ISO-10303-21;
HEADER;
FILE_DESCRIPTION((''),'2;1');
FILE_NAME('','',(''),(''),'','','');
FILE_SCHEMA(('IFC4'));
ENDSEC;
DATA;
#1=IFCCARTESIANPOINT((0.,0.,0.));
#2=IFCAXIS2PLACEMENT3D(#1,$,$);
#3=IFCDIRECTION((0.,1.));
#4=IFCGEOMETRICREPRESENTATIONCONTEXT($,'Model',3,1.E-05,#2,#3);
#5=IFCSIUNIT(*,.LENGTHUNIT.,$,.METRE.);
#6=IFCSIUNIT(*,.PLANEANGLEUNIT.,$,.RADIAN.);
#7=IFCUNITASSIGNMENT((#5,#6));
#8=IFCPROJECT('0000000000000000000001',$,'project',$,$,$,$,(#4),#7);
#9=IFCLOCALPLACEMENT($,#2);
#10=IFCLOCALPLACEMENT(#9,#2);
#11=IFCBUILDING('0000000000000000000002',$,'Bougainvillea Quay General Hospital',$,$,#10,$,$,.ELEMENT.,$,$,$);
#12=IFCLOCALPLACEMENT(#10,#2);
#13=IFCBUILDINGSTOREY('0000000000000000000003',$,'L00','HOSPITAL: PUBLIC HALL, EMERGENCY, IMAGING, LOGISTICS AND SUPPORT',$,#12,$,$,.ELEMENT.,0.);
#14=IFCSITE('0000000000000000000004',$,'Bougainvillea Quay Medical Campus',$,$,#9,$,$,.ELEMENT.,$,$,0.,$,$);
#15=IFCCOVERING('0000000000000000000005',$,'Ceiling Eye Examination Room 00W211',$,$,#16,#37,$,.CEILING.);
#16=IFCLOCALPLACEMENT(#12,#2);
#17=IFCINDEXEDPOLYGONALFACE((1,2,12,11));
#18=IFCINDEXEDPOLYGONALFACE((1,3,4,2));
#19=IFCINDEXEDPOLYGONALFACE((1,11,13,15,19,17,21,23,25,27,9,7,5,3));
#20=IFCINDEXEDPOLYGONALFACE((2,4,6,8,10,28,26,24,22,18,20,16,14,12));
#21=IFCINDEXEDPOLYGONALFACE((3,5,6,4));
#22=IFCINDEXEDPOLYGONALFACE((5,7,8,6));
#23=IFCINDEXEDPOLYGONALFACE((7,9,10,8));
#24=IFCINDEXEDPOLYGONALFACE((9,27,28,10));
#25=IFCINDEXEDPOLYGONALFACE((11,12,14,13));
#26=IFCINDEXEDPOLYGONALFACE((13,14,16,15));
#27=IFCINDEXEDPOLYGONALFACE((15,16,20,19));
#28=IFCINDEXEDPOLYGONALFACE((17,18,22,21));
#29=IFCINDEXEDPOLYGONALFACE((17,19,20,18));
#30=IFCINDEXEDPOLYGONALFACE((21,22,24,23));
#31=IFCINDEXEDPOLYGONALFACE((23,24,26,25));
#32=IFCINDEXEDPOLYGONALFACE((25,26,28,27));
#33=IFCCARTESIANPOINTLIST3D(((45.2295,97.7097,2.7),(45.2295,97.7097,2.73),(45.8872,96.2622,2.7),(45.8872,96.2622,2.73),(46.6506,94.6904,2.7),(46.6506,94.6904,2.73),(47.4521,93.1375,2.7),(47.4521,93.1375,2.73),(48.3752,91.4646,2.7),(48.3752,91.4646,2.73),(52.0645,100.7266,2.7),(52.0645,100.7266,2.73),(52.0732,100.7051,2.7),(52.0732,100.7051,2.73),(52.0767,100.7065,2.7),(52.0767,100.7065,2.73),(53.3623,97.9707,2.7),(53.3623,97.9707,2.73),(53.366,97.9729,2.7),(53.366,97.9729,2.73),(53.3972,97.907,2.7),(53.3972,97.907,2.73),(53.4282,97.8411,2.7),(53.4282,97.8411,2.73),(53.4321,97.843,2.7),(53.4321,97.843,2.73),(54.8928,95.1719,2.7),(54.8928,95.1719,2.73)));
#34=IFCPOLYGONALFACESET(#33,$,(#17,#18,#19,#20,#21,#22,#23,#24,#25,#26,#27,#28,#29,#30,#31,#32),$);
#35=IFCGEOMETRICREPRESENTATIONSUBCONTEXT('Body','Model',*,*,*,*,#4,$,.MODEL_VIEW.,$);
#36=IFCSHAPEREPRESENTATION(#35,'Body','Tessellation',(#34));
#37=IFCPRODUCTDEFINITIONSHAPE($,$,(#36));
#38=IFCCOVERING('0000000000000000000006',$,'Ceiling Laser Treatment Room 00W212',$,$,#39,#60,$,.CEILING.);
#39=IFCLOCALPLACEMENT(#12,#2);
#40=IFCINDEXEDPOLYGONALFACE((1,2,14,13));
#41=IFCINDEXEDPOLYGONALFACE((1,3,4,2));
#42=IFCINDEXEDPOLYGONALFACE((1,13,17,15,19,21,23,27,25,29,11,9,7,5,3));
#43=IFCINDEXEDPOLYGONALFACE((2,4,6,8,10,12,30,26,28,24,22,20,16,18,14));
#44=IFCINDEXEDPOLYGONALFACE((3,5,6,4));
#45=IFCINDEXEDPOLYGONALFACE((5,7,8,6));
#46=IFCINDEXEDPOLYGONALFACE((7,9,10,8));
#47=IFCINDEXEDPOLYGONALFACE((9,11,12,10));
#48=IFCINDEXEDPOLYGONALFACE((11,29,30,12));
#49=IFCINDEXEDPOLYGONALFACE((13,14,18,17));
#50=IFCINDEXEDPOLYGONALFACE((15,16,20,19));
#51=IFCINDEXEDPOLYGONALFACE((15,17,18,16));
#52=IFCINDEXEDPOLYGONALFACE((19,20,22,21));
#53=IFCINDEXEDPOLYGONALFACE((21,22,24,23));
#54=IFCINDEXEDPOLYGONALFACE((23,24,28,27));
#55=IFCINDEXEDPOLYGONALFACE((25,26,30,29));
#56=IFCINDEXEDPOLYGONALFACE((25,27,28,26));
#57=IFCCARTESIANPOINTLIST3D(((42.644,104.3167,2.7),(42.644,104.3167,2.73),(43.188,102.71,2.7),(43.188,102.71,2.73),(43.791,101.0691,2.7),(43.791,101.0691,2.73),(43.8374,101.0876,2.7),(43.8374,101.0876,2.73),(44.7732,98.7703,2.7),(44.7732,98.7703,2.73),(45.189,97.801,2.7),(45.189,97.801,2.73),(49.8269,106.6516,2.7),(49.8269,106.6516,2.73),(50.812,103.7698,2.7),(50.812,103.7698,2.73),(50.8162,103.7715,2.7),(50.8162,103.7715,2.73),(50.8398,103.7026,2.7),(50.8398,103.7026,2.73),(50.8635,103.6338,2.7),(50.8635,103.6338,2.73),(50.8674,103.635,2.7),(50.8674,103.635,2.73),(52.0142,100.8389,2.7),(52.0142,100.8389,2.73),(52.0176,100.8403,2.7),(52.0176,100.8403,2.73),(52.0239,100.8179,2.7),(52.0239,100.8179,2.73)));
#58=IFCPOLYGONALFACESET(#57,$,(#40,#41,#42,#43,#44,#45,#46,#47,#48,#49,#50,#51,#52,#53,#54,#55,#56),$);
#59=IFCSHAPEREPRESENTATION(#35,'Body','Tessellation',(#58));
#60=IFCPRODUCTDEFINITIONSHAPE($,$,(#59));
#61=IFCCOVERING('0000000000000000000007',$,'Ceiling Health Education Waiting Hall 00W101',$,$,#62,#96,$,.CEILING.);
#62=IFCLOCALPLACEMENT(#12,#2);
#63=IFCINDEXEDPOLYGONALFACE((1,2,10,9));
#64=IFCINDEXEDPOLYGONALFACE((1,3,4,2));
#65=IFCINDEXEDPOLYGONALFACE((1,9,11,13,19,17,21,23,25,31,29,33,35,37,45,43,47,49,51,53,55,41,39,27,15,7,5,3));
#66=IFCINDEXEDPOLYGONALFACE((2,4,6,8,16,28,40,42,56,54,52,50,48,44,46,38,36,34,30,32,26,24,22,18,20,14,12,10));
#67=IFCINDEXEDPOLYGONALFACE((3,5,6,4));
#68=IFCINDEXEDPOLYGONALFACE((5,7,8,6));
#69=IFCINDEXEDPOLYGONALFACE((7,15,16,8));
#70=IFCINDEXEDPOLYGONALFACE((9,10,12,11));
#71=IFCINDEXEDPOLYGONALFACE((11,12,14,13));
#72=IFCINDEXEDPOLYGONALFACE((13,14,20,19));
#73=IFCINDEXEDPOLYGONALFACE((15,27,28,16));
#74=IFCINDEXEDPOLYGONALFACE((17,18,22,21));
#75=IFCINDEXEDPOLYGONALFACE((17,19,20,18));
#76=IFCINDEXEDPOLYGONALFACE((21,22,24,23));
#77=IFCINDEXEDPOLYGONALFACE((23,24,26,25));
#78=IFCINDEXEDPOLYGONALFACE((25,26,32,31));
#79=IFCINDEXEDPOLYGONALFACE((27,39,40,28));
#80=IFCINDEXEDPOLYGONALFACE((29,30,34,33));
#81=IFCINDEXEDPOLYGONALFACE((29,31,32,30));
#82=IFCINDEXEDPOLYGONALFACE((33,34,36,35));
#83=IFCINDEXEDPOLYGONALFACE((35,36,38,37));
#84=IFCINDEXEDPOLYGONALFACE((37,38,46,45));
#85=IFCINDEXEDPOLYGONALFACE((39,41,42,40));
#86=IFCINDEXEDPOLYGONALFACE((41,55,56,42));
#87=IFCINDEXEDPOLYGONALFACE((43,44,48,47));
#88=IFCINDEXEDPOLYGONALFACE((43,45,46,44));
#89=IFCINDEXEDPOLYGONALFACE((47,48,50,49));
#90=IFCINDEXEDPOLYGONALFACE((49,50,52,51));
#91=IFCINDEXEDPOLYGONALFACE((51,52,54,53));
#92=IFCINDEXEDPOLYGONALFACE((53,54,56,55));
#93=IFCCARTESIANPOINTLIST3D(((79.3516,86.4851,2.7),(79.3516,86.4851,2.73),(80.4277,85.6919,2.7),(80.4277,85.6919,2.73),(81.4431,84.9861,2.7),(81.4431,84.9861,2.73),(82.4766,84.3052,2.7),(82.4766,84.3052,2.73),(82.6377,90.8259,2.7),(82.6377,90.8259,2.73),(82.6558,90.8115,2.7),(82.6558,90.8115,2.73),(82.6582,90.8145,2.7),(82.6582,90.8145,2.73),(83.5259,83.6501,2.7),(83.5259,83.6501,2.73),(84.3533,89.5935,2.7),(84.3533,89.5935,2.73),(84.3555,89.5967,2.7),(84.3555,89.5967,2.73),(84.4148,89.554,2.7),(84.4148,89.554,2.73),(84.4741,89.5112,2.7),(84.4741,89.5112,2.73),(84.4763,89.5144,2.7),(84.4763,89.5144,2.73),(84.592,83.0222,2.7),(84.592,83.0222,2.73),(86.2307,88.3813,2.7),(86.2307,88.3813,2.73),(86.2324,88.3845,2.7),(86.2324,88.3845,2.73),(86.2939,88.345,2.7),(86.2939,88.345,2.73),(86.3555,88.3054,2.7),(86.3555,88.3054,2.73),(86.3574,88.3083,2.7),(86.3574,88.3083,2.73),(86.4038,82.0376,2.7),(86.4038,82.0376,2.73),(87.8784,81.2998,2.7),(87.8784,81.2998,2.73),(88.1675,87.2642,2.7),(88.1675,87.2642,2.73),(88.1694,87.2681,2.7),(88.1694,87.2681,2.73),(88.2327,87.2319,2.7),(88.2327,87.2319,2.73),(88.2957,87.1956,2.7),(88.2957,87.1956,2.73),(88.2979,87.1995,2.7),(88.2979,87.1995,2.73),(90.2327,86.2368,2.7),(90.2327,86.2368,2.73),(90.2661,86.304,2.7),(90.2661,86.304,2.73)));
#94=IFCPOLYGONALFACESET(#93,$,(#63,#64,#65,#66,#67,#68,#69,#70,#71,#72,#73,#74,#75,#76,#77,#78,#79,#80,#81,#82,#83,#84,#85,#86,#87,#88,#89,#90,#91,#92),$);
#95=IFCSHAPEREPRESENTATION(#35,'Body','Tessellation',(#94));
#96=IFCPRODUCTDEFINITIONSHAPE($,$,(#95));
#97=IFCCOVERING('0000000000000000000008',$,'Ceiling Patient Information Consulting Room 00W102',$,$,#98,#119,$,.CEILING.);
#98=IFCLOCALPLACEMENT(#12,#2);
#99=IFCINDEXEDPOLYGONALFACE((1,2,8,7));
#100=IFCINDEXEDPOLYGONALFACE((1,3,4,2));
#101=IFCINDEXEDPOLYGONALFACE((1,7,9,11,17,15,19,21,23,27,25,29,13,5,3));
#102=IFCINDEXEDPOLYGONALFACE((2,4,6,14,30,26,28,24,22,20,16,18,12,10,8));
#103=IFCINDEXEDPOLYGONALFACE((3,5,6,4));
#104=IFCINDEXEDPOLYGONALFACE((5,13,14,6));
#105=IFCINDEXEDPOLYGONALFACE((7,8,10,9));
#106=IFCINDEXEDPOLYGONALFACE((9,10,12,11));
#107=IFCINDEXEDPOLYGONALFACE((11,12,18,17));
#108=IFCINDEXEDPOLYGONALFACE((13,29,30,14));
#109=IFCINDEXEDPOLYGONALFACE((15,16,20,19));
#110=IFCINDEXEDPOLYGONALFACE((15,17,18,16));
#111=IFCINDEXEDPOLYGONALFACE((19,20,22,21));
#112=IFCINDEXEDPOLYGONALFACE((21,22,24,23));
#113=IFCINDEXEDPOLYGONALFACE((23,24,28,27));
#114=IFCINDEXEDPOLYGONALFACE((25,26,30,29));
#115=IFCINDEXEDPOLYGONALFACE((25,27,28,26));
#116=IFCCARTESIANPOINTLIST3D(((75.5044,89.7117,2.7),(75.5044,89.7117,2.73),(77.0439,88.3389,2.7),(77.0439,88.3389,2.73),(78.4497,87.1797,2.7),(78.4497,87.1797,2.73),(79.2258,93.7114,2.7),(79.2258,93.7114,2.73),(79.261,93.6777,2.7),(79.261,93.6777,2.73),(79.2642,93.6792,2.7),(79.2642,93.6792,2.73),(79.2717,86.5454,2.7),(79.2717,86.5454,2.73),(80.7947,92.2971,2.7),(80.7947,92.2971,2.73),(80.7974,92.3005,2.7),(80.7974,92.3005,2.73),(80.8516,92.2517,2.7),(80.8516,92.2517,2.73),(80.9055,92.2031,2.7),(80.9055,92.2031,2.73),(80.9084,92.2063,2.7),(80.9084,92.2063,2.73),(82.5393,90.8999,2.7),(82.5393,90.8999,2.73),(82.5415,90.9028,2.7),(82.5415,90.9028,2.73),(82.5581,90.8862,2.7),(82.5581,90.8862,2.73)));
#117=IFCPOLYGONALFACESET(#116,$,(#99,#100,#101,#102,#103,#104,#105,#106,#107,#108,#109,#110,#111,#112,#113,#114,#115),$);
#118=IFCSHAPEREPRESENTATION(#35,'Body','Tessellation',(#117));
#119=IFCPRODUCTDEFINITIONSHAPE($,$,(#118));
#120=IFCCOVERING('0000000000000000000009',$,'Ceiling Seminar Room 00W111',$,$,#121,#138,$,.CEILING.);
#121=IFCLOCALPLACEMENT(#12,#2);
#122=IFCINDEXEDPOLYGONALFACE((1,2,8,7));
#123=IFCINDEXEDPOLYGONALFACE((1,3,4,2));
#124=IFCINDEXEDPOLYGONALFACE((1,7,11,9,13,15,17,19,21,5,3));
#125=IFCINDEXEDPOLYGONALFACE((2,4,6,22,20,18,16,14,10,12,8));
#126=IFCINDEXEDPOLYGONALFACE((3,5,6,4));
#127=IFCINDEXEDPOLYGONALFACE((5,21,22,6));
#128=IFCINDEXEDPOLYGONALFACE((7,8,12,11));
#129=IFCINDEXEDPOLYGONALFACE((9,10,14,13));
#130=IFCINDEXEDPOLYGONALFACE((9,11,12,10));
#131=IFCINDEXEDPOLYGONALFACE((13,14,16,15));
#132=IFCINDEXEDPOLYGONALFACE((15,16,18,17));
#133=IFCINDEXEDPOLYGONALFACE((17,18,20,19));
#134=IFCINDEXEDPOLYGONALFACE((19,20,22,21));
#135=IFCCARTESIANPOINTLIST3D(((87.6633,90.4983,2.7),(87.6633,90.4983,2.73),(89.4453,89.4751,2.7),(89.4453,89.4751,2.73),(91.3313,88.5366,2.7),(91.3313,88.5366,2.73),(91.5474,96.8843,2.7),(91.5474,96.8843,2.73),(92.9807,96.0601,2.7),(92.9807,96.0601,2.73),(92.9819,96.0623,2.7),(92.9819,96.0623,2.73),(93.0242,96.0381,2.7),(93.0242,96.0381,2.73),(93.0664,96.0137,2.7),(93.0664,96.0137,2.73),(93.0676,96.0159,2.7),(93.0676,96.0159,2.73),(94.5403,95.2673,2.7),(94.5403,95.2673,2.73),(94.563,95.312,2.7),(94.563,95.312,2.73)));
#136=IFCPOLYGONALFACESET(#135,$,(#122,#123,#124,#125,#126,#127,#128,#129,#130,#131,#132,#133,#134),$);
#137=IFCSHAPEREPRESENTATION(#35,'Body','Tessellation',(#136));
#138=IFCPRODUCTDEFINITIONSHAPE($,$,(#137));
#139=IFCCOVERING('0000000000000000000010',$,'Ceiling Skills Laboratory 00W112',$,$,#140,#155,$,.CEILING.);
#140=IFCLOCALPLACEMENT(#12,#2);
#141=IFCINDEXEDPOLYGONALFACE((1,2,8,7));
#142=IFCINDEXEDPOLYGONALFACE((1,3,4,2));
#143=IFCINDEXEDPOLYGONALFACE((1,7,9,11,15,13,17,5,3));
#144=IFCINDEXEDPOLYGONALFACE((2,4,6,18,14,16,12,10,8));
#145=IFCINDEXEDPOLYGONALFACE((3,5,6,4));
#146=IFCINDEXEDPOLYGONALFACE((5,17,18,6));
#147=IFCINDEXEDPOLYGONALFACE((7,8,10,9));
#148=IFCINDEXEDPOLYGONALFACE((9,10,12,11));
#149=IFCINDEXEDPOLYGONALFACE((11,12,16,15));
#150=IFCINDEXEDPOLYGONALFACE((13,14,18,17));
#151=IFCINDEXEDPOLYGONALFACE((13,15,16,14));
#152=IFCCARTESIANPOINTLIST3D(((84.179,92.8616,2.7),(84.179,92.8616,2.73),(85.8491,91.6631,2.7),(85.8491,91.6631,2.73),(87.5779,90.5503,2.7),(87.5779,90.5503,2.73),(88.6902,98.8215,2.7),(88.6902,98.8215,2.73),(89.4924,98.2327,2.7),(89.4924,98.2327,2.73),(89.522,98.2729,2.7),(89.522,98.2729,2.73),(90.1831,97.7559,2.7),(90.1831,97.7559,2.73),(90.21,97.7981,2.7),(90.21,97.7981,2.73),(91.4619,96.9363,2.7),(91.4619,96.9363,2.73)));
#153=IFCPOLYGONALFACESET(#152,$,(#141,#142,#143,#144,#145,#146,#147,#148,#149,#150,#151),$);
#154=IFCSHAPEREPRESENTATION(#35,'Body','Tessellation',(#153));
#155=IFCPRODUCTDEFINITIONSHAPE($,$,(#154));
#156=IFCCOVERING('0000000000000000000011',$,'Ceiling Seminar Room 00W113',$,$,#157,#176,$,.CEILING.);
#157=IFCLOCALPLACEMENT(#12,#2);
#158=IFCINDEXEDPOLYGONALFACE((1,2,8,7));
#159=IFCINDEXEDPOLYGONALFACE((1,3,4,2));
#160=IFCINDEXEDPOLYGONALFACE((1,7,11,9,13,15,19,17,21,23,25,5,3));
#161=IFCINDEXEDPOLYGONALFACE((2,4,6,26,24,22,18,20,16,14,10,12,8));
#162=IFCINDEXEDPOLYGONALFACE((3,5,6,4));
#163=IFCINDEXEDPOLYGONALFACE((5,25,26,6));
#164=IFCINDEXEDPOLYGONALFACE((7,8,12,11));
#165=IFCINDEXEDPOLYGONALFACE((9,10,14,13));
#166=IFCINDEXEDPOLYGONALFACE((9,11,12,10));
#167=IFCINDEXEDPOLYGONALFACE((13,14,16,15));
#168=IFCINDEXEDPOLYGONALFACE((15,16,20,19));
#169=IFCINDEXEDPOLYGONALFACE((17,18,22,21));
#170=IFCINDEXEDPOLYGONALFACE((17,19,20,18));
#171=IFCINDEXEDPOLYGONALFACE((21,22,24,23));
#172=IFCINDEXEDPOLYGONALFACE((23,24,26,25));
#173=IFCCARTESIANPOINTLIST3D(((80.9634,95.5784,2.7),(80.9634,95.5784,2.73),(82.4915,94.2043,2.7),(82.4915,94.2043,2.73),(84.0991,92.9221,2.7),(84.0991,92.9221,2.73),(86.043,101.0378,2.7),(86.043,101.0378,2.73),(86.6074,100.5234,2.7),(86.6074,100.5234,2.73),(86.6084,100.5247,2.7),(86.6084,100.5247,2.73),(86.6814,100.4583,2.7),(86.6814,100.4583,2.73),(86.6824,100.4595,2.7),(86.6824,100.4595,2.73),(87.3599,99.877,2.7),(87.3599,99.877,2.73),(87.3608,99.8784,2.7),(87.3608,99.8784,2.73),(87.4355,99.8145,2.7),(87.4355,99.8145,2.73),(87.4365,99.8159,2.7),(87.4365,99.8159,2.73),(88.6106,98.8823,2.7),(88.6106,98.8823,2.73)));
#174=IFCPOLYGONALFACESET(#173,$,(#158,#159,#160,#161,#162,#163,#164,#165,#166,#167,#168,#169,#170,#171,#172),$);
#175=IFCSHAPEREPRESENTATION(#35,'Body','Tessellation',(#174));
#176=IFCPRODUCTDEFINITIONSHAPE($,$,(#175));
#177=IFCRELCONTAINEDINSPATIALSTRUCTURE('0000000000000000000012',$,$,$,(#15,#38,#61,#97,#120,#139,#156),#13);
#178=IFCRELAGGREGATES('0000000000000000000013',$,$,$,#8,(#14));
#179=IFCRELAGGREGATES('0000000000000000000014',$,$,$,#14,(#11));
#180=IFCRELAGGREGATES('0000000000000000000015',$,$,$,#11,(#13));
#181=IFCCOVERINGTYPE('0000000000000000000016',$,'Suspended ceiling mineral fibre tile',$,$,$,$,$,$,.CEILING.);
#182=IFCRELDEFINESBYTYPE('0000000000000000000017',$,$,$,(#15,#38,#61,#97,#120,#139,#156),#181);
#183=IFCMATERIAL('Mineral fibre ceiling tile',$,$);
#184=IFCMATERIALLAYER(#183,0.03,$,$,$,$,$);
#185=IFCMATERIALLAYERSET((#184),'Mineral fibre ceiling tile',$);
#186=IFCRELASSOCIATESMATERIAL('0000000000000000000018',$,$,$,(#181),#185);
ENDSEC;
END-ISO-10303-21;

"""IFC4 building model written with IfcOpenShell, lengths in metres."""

from ifc_helpers import new_model, si_unit, direction, frame, origin, place, context, subcontext, project, spatial, polyline, outline, extrude, material, layer, layer_set, type_object, element, save


model = new_model("IFC4")

# Units and contexts
model_context = context("Model", 3, precision=1e-05, world=origin(), true_north=direction((0.0, 1.0)))
body_context = subcontext(model_context, "Body", "Model", "MODEL_VIEW")
ifc_project = project(units=[si_unit("LENGTHUNIT", "METRE"), si_unit("PLANEANGLEUNIT", "RADIAN")], contexts=[model_context])

# Site, building, storey
site_placement = place(None, origin())
site = spatial("IfcSite", under=ifc_project, at=site_placement, Name="Bougainvillea Quay Medical Campus", CompositionType="ELEMENT", RefElevation=0.0)
building_placement = place(site_placement, origin())
building = spatial("IfcBuilding", under=site, at=building_placement, Name="Bougainvillea Quay General Hospital", CompositionType="ELEMENT")
storey_placement = place(building_placement, origin())
storey = spatial("IfcBuildingStorey", under=building, at=storey_placement, Name="L00", Description="HOSPITAL: PUBLIC HALL, EMERGENCY, IMAGING, LOGISTICS AND SUPPORT", CompositionType="ELEMENT", Elevation=0.0)

# Coverings
ifc_material = material(Name="Mineral fibre ceiling tile")
ifc_layer = layer(ifc_material, 0.03)
ifc_layer_set = layer_set([ifc_layer], Name="Mineral fibre ceiling tile")
covering_type = type_object("IfcCoveringType", Name="Suspended ceiling mineral fibre tile", PredefinedType="CEILING", material=ifc_layer_set)
covering_1_placement = place(storey_placement, frame((0.0, 0.0, 2.7)))
element("IfcCovering", 1, at=covering_1_placement, inside=storey, type_object=covering_type, Name="Ceiling Eye Examination Room 00W211", PredefinedType="CEILING", context=body_context, shape_type="SweptSolid", body=[
    extrude(outline(polyline([(48.3752, 91.4646), (54.8928, 95.1719), (53.4321, 97.843), (53.4282, 97.8411), (53.3972, 97.907), (53.3623, 97.9707), (53.366, 97.9729), (52.0767, 100.7065), (52.0732, 100.7051), (52.0645, 100.7266), (45.2295, 97.7097), (45.8872, 96.2622), (46.6506, 94.6904), (47.4521, 93.1375), (48.3752, 91.4646)])), origin(), (0.0, 0.0, 1.0), 0.03),
])
covering_2_placement = place(storey_placement, frame((0.0, 0.0, 2.7)))
element("IfcCovering", 2, at=covering_2_placement, inside=storey, type_object=covering_type, Name="Ceiling Laser Treatment Room 00W212", PredefinedType="CEILING", context=body_context, shape_type="SweptSolid", body=[
    extrude(outline(polyline([(43.791, 101.0691), (43.8374, 101.0876), (44.7732, 98.7703), (45.189, 97.801), (52.0239, 100.8179), (52.0142, 100.8389), (52.0176, 100.8403), (50.8674, 103.635), (50.8635, 103.6338), (50.8398, 103.7026), (50.812, 103.7698), (50.8162, 103.7715), (49.8269, 106.6516), (42.644, 104.3167), (43.188, 102.71), (43.791, 101.0691)])), origin(), (0.0, 0.0, 1.0), 0.03),
])
covering_3_placement = place(storey_placement, frame((0.0, 0.0, 2.7)))
element("IfcCovering", 3, at=covering_3_placement, inside=storey, type_object=covering_type, Name="Ceiling Health Education Waiting Hall 00W101", PredefinedType="CEILING", context=body_context, shape_type="SweptSolid", body=[
    extrude(outline(polyline([(90.2661, 86.304), (90.2327, 86.2368), (88.2979, 87.1995), (88.2957, 87.1956), (88.2327, 87.2319), (88.1675, 87.2642), (88.1694, 87.2681), (86.3574, 88.3083), (86.3555, 88.3054), (86.2939, 88.345), (86.2307, 88.3813), (86.2324, 88.3845), (84.4763, 89.5144), (84.4741, 89.5112), (84.4148, 89.554), (84.3533, 89.5935), (84.3555, 89.5967), (82.6582, 90.8145), (82.6558, 90.8115), (82.6377, 90.8259), (79.3516, 86.4851), (80.4277, 85.6919), (81.4431, 84.9861), (82.4766, 84.3052), (83.5259, 83.6501), (84.592, 83.0222), (86.4038, 82.0376), (87.8784, 81.2998), (90.2661, 86.304)])), origin(), (0.0, 0.0, 1.0), 0.03),
])
covering_4_placement = place(storey_placement, frame((0.0, 0.0, 2.7)))
element("IfcCovering", 4, at=covering_4_placement, inside=storey, type_object=covering_type, Name="Ceiling Patient Information Consulting Room 00W102", PredefinedType="CEILING", context=body_context, shape_type="SweptSolid", body=[
    extrude(outline(polyline([(80.9084, 92.2063), (80.9055, 92.2031), (80.8516, 92.2517), (80.7947, 92.2971), (80.7974, 92.3005), (79.2642, 93.6792), (79.261, 93.6777), (79.2258, 93.7114), (75.5044, 89.7117), (77.0439, 88.3389), (78.4497, 87.1797), (79.2717, 86.5454), (82.5581, 90.8862), (82.5393, 90.8999), (82.5415, 90.9028), (80.9084, 92.2063)])), origin(), (0.0, 0.0, 1.0), 0.03),
])
covering_5_placement = place(storey_placement, frame((0.0, 0.0, 2.7)))
element("IfcCovering", 5, at=covering_5_placement, inside=storey, type_object=covering_type, Name="Ceiling Seminar Room 00W111", PredefinedType="CEILING", context=body_context, shape_type="SweptSolid", body=[
    extrude(outline(polyline([(94.563, 95.312), (94.5403, 95.2673), (93.0676, 96.0159), (93.0664, 96.0137), (93.0242, 96.0381), (92.9807, 96.0601), (92.9819, 96.0623), (91.5474, 96.8843), (87.6633, 90.4983), (89.4453, 89.4751), (91.3313, 88.5366), (94.563, 95.312)])), origin(), (0.0, 0.0, 1.0), 0.03),
])
covering_6_placement = place(storey_placement, frame((0.0, 0.0, 2.7)))
element("IfcCovering", 6, at=covering_6_placement, inside=storey, type_object=covering_type, Name="Ceiling Skills Laboratory 00W112", PredefinedType="CEILING", context=body_context, shape_type="SweptSolid", body=[
    extrude(outline(polyline([(89.522, 98.2729), (89.4924, 98.2327), (88.6902, 98.8215), (84.179, 92.8616), (85.8491, 91.6631), (87.5779, 90.5503), (91.4619, 96.9363), (90.1831, 97.7559), (90.21, 97.7981), (89.522, 98.2729)])), origin(), (0.0, 0.0, 1.0), 0.03),
])
covering_7_placement = place(storey_placement, frame((0.0, 0.0, 2.7)))
element("IfcCovering", 7, at=covering_7_placement, inside=storey, type_object=covering_type, Name="Ceiling Seminar Room 00W113", PredefinedType="CEILING", context=body_context, shape_type="SweptSolid", body=[
    extrude(outline(polyline([(86.6084, 100.5247), (86.043, 101.0378), (80.9634, 95.5784), (82.4915, 94.2043), (84.0991, 92.9221), (88.6106, 98.8823), (87.4365, 99.8159), (87.4355, 99.8145), (87.3599, 99.877), (87.3608, 99.8784), (86.6824, 100.4595), (86.6814, 100.4583), (86.6074, 100.5234), (86.6084, 100.5247)])), origin(), (0.0, 0.0, 1.0), 0.03),
])

save(model, "model.ifc")
